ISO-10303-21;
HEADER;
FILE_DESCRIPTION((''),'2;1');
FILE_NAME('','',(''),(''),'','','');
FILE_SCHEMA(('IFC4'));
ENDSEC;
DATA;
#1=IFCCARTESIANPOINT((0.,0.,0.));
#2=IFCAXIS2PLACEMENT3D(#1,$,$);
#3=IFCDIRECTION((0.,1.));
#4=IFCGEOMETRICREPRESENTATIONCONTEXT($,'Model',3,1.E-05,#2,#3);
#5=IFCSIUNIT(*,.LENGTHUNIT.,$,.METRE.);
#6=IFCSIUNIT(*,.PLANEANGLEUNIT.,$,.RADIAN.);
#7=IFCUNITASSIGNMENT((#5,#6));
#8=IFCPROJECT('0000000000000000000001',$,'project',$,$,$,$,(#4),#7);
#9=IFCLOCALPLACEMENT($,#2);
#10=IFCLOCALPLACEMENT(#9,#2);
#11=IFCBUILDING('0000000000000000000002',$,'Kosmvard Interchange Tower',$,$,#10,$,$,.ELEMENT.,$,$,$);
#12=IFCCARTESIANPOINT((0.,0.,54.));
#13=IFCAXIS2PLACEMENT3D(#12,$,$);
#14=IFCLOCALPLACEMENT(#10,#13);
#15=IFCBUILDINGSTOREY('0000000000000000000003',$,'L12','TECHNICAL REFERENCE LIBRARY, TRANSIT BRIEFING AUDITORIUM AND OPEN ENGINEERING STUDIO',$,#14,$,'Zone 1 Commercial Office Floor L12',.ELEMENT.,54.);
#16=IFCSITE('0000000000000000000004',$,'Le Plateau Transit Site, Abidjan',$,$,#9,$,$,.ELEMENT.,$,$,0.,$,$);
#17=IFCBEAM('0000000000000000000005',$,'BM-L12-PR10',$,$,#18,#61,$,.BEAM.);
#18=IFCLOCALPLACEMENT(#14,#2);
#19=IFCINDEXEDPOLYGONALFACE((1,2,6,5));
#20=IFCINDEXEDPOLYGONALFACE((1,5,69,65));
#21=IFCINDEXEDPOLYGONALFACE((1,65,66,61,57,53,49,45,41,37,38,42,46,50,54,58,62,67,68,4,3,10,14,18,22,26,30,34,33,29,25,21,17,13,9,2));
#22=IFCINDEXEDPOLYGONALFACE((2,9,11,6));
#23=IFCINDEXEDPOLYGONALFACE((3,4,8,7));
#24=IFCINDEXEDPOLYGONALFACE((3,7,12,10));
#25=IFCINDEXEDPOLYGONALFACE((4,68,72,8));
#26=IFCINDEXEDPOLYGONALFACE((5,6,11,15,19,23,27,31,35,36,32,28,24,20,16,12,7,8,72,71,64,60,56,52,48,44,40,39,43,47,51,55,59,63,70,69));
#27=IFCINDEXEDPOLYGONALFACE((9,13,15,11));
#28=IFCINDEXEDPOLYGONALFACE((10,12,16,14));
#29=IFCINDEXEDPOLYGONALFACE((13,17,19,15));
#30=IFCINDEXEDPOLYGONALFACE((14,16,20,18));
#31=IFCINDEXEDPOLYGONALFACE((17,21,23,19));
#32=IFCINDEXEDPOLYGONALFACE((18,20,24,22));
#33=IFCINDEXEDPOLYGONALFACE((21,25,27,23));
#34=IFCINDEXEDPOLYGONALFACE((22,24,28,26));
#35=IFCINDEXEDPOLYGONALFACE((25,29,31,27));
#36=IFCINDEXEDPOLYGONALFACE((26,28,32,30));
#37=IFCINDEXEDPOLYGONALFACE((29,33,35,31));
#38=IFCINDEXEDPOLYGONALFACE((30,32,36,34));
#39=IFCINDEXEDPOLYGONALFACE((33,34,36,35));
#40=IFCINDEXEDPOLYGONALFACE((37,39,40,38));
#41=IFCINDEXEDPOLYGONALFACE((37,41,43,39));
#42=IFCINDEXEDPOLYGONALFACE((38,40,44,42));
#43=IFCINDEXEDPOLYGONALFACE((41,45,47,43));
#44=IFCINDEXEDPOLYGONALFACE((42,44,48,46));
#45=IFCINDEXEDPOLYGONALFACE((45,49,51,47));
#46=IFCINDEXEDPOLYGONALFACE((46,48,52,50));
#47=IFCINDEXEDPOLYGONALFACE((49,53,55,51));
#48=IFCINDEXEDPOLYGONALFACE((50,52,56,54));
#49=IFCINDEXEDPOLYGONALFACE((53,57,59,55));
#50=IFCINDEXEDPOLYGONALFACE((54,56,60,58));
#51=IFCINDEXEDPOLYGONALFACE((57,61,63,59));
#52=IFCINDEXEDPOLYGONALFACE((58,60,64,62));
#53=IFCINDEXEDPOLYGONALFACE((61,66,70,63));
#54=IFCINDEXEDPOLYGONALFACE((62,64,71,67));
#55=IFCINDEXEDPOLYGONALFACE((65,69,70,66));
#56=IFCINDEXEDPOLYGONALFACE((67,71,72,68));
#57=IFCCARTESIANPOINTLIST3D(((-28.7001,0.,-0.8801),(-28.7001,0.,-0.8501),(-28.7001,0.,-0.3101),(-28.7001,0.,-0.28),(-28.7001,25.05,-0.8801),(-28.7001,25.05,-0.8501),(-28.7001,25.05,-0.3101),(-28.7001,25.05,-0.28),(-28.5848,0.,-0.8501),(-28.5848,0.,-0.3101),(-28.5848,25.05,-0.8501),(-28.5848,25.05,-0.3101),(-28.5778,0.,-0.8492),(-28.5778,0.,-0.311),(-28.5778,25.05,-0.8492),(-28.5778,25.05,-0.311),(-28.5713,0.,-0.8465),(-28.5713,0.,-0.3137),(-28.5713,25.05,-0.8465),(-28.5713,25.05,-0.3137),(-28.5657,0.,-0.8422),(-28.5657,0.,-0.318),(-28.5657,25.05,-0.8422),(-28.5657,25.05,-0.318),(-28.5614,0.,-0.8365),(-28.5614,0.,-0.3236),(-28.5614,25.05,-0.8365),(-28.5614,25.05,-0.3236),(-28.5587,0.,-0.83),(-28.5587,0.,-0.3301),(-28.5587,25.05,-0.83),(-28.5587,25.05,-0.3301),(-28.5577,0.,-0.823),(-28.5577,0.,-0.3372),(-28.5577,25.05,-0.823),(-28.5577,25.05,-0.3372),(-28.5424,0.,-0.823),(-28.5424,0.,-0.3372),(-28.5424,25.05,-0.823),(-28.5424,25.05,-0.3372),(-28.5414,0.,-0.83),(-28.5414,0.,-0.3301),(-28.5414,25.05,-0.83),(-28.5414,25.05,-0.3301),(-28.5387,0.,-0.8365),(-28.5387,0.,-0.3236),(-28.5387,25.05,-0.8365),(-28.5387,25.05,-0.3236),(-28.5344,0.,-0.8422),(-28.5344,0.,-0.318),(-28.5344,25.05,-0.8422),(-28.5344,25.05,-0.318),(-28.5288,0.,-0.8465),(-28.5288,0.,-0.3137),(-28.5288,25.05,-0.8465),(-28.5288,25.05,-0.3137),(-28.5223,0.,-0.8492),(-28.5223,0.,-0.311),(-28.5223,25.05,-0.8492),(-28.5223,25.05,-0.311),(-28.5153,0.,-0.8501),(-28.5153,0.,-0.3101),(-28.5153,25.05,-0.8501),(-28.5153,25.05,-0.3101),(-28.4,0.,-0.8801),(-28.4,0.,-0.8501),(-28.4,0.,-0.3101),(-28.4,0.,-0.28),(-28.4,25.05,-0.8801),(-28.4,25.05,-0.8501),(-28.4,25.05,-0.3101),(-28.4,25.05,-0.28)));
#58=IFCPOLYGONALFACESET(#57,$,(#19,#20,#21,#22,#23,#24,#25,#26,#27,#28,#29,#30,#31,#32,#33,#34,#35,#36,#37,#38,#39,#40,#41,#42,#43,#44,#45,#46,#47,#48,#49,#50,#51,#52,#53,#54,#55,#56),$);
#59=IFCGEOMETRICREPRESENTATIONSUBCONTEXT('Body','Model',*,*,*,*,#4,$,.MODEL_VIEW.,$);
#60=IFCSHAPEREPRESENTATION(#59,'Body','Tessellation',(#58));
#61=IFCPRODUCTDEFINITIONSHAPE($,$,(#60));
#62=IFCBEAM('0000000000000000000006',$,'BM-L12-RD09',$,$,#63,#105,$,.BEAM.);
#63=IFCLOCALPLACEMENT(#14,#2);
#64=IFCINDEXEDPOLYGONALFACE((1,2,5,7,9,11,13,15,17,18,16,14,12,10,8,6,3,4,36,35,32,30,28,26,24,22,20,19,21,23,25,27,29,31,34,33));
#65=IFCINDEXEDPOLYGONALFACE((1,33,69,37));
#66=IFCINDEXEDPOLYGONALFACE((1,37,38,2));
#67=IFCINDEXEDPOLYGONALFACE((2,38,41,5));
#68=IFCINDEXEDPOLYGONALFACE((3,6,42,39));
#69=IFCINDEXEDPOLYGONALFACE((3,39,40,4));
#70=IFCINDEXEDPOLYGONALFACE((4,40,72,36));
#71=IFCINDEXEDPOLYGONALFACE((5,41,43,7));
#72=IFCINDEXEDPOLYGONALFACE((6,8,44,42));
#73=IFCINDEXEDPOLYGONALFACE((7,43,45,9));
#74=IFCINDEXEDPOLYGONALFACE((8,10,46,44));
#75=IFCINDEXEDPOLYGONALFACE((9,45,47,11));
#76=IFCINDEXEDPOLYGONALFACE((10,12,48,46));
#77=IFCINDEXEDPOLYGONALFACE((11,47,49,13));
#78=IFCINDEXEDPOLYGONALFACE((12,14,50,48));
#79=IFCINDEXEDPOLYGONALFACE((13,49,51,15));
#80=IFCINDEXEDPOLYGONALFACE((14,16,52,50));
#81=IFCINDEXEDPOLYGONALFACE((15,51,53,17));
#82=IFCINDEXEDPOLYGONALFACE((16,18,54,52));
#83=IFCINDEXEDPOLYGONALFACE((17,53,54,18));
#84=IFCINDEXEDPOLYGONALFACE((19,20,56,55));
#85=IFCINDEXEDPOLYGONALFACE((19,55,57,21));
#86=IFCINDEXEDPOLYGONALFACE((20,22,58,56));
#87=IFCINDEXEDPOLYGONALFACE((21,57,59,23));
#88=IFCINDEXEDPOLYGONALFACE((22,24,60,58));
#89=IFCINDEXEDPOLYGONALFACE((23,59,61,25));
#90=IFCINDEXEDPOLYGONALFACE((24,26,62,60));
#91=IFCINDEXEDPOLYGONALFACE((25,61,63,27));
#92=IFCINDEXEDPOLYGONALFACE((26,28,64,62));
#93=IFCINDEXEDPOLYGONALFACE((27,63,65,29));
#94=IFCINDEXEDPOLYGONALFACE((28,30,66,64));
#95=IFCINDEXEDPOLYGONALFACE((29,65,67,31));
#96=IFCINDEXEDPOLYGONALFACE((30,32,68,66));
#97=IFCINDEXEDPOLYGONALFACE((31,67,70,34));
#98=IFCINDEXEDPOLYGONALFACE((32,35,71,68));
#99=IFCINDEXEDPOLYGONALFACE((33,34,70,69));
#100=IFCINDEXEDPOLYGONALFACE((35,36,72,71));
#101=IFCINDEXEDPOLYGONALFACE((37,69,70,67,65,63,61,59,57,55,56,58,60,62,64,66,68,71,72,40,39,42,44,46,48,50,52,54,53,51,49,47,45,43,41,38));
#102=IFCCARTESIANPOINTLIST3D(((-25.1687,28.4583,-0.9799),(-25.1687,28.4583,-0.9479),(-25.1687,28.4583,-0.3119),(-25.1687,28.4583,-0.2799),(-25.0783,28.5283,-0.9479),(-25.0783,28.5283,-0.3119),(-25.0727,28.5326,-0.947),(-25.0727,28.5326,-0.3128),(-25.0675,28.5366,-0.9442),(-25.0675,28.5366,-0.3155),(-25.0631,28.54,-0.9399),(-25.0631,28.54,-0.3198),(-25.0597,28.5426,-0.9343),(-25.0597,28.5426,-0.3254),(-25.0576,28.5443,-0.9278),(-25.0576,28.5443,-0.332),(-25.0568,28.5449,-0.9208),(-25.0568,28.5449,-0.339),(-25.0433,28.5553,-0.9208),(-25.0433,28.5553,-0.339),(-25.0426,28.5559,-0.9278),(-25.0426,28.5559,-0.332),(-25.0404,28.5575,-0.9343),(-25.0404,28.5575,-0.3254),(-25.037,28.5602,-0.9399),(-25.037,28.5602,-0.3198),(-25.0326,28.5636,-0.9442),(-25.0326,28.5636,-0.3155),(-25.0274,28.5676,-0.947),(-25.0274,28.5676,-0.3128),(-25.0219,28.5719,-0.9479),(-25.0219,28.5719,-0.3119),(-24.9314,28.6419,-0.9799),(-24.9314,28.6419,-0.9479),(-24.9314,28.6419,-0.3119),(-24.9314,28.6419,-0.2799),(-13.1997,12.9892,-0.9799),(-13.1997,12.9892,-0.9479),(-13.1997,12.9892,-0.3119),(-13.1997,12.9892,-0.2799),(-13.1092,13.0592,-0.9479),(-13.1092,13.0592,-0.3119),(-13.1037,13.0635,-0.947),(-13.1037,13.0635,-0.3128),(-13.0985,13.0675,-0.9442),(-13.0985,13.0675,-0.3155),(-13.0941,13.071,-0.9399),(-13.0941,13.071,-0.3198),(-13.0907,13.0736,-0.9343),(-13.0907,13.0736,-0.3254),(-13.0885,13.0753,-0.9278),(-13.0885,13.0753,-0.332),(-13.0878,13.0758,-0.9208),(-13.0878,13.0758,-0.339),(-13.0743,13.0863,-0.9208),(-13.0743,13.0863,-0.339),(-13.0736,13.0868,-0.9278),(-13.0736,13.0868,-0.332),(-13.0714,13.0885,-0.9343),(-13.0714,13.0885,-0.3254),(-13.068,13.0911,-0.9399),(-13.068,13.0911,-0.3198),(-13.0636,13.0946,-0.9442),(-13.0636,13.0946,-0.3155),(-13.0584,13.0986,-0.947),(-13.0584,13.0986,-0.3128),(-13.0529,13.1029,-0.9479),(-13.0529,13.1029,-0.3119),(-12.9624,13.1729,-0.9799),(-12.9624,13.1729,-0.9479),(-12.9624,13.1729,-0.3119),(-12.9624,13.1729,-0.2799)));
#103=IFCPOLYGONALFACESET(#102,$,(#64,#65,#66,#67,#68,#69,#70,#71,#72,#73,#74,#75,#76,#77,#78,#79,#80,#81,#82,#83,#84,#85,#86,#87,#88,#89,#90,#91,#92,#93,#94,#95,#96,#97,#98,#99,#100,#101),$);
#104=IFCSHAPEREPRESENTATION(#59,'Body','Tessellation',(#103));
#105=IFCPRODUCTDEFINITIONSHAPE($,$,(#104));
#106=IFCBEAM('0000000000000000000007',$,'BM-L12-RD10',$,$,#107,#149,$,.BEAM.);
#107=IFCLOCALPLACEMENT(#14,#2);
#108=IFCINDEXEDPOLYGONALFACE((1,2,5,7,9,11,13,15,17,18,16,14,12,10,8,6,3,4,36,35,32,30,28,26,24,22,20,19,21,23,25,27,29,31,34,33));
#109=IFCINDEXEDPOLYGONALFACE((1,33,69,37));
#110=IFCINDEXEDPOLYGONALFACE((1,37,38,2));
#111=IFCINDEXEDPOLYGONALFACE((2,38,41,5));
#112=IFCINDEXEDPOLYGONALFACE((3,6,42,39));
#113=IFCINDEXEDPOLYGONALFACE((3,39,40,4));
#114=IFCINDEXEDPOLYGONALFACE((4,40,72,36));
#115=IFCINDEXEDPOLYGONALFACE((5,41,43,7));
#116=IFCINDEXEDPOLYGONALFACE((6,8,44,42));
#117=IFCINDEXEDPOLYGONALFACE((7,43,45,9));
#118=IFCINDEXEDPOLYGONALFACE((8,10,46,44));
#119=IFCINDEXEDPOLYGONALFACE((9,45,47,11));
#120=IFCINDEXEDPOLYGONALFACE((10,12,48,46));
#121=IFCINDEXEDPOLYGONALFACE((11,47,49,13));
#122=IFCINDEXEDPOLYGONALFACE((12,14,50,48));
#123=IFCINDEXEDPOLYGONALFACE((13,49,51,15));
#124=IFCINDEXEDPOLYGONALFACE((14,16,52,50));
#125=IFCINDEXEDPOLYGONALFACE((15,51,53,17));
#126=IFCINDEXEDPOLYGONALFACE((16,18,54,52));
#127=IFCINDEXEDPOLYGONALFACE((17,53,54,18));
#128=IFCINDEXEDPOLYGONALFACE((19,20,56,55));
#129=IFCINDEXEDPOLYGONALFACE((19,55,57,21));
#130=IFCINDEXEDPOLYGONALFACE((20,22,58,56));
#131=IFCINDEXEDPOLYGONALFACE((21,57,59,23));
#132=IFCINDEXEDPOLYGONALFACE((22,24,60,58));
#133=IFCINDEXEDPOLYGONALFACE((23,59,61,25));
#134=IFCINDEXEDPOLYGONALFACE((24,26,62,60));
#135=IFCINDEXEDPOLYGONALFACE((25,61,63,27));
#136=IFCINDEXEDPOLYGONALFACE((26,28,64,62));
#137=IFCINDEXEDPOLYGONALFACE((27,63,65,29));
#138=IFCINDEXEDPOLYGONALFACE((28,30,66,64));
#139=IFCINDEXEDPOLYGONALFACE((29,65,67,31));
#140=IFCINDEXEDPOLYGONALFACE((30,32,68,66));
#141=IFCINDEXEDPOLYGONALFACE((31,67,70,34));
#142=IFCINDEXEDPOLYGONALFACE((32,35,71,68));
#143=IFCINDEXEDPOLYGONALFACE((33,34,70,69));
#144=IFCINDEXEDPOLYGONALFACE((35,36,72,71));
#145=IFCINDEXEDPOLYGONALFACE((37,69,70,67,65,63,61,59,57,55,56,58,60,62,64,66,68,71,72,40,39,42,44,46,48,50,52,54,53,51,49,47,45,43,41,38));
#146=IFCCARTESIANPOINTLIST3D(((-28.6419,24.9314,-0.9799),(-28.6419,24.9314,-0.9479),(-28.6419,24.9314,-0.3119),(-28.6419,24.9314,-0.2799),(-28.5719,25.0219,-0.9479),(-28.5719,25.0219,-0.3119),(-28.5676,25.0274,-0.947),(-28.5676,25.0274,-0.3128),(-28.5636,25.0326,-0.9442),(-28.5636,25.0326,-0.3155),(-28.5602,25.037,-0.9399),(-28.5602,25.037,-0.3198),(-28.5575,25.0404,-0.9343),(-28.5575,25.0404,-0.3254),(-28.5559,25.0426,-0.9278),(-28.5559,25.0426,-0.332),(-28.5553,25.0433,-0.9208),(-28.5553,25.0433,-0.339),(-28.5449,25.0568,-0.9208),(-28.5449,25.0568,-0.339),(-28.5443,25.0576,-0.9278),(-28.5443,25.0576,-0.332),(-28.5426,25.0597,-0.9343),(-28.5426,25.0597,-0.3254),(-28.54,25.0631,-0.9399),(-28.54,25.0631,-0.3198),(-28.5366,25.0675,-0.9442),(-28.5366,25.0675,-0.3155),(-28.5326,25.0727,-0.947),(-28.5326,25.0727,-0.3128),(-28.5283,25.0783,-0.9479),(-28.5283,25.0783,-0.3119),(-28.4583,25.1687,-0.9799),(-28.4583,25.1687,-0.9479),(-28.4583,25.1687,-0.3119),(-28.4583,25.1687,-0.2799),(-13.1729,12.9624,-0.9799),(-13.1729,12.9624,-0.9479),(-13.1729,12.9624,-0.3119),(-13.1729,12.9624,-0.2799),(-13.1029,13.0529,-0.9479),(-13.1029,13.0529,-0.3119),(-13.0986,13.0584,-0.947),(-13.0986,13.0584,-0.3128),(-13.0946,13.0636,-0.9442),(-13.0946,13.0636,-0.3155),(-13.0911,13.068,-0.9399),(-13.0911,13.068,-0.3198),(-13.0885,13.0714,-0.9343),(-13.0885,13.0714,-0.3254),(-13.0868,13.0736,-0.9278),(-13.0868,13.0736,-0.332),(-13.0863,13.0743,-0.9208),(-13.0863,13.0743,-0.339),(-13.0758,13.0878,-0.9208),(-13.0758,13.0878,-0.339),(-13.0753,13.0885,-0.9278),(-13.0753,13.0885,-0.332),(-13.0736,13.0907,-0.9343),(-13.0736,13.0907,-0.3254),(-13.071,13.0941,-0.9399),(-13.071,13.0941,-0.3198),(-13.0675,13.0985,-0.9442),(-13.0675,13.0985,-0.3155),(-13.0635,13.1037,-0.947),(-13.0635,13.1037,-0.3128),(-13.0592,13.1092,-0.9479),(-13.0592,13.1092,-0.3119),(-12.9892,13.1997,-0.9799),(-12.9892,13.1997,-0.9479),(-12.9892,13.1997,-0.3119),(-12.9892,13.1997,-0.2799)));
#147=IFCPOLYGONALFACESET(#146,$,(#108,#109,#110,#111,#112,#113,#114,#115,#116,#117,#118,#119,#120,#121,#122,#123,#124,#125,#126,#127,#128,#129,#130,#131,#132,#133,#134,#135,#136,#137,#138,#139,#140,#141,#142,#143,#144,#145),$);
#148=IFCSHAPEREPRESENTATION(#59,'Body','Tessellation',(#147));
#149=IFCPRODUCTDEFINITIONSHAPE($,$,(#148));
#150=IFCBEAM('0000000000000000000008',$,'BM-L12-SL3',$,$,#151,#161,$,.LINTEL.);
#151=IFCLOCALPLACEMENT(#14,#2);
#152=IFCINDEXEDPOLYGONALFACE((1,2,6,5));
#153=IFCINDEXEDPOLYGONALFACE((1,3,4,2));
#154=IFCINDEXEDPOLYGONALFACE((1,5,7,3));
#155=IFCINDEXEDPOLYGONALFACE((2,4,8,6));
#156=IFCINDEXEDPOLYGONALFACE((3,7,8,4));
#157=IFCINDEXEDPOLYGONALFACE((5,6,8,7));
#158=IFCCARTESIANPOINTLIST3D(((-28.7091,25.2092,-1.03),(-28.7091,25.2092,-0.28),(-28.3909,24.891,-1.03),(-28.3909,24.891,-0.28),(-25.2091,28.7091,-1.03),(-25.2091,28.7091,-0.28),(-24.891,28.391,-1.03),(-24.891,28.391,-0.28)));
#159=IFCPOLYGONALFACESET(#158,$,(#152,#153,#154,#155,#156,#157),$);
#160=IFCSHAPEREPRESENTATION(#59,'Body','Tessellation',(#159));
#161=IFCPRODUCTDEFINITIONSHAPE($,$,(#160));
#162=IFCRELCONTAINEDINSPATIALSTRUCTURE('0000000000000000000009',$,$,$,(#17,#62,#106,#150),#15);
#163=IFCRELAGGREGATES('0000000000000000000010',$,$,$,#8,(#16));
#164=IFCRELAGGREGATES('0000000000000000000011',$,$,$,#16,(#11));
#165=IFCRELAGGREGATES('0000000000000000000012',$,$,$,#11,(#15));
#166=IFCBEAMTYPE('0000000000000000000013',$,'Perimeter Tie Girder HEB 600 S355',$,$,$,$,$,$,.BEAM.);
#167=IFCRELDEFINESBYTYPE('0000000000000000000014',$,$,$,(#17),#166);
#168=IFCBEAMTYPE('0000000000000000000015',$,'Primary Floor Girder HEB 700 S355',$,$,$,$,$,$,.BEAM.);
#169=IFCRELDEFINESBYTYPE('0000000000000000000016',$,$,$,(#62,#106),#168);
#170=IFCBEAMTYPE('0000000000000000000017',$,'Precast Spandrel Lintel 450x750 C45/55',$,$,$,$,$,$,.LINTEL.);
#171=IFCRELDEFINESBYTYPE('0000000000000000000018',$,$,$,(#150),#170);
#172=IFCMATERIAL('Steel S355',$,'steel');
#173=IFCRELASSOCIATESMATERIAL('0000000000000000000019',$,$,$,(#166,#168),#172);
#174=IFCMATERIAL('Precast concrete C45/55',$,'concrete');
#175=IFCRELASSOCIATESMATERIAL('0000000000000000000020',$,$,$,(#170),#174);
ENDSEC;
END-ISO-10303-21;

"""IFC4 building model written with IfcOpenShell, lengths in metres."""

from ifc_helpers import new_model, si_unit, direction, frame, origin, origin_2d, place, context, subcontext, project, spatial, rectangle, i_section, extrude, source, transform, mapped, material, material_profile, profile_set, type_object, element, save


model = new_model("IFC4")

# Units and contexts
model_context = context("Model", 3, precision=1e-05, world=origin(), true_north=direction((0.0, 1.0)))
body_context = subcontext(model_context, "Body", "Model", "MODEL_VIEW")
ifc_project = project(units=[si_unit("LENGTHUNIT", "METRE"), si_unit("PLANEANGLEUNIT", "RADIAN")], contexts=[model_context])

# Site, building, storey
site_placement = place(None, origin())
site = spatial("IfcSite", under=ifc_project, at=site_placement, Name="Le Plateau Transit Site, Abidjan", CompositionType="ELEMENT", RefElevation=0.0)
building_placement = place(site_placement, origin())
building = spatial("IfcBuilding", under=site, at=building_placement, Name="Kosmvard Interchange Tower", CompositionType="ELEMENT")
storey_placement = place(building_placement, frame((0.0, 0.0, 54.0)))
storey = spatial("IfcBuildingStorey", under=building, at=storey_placement, Name="L12", Description="TECHNICAL REFERENCE LIBRARY, TRANSIT BRIEFING AUDITORIUM AND OPEN ENGINEERING STUDIO", LongName="Zone 1 Commercial Office Floor L12", CompositionType="ELEMENT", Elevation=54.0)

# Beams
ifc_material_1 = material(Name="Steel S355", Category="steel")
ifc_material_profile_1 = material_profile(ifc_material_1, i_section(OverallWidth=0.3, OverallDepth=0.6001, WebThickness=0.0154, FlangeThickness=0.03, FilletRadius=0.0271, at=origin_2d()), Name="HEB 600")
ifc_profile_set_1 = profile_set([ifc_material_profile_1], Name="Steel S355")
beam_type_1 = type_object("IfcBeamType", Name="Perimeter Tie Girder HEB 600 S355", PredefinedType="BEAM", material=ifc_profile_set_1)
shared_shape_1 = source(origin(), body_context, "Body", "SweptSolid", [
    extrude(i_section(OverallWidth=0.3, OverallDepth=0.6001, WebThickness=0.0154, FlangeThickness=0.03, FilletRadius=0.0271, at=origin_2d()), origin(), (0.0, 0.0, 1.0), 25.05),
])
beam_1_placement = place(storey_placement, frame((-28.55, 25.05, -0.5801), z_axis=(0.0, -1.0, 0.0), x_axis=(1.0, 0.0, 0.0)))
element("IfcBeam", 1, at=beam_1_placement, inside=storey, type_object=beam_type_1, Name="BM-L12-PR10", PredefinedType="BEAM", context=body_context, shape_type="MappedRepresentation", body=[
    mapped(shared_shape_1, transform((0.0, 0.0, 0.0), scale=1.0)),
])
ifc_material_profile_2 = material_profile(ifc_material_1, i_section(OverallWidth=0.3, OverallDepth=0.7, WebThickness=0.0171, FlangeThickness=0.032, FilletRadius=0.0271, at=origin_2d()), Name="HEB 700")
ifc_profile_set_2 = profile_set([ifc_material_profile_2], Name="Steel S355")
beam_type_2 = type_object("IfcBeamType", Name="Primary Floor Girder HEB 700 S355", PredefinedType="BEAM", material=ifc_profile_set_2)
shared_shape_2 = source(origin(), body_context, "Body", "SweptSolid", [
    extrude(i_section(OverallWidth=0.3, OverallDepth=0.7, WebThickness=0.0171, FlangeThickness=0.032, FilletRadius=0.0271, at=origin_2d()), origin(), (0.0, 0.0, 1.0), 19.5588),
])
for number, where, z_axis, x_axis, name in (
    (2, (-13.0811, 13.0811, -0.6299), (-0.611949, 0.790897, 0.0), (-0.790897, -0.611949, 0.0), "BM-L12-RD09"),
    (3, (-13.0811, 13.0811, -0.6299), (-0.790897, 0.611949, 0.0), (-0.611949, -0.790897, 0.0), "BM-L12-RD10"),
):
    element("IfcBeam", number, at=place(storey_placement, frame(where, z_axis=z_axis, x_axis=x_axis)), inside=storey, type_object=beam_type_2, Name=name, PredefinedType="BEAM", context=body_context, shape_type="MappedRepresentation", body=[
        mapped(shared_shape_2, transform((0.0, 0.0, 0.0), scale=1.0)),
    ])
ifc_material_2 = material(Name="Precast concrete C45/55", Category="concrete")
ifc_material_profile_3 = material_profile(ifc_material_2, rectangle(XDim=0.45, YDim=0.75, at=origin_2d()), Name="SL 450x750")
ifc_profile_set_3 = profile_set([ifc_material_profile_3], Name="Precast concrete C45/55")
beam_type_3 = type_object("IfcBeamType", Name="Precast Spandrel Lintel 450x750 C45/55", PredefinedType="LINTEL", material=ifc_profile_set_3)
shared_shape_3 = source(origin(), body_context, "Body", "SweptSolid", [
    extrude(rectangle(XDim=0.45, YDim=0.75, at=origin_2d()), origin(), (0.0, 0.0, 1.0), 4.9497),
])
beam_2_placement = place(storey_placement, frame((-25.05, 28.55, -0.655), z_axis=(-0.707107, -0.707107, 0.0), x_axis=(0.707107, -0.707107, 0.0)))
element("IfcBeam", 4, at=beam_2_placement, inside=storey, type_object=beam_type_3, Name="BM-L12-SL3", PredefinedType="LINTEL", context=body_context, shape_type="MappedRepresentation", body=[
    mapped(shared_shape_3, transform((0.0, 0.0, 0.0), scale=1.0)),
])

save(model, "model.ifc")
